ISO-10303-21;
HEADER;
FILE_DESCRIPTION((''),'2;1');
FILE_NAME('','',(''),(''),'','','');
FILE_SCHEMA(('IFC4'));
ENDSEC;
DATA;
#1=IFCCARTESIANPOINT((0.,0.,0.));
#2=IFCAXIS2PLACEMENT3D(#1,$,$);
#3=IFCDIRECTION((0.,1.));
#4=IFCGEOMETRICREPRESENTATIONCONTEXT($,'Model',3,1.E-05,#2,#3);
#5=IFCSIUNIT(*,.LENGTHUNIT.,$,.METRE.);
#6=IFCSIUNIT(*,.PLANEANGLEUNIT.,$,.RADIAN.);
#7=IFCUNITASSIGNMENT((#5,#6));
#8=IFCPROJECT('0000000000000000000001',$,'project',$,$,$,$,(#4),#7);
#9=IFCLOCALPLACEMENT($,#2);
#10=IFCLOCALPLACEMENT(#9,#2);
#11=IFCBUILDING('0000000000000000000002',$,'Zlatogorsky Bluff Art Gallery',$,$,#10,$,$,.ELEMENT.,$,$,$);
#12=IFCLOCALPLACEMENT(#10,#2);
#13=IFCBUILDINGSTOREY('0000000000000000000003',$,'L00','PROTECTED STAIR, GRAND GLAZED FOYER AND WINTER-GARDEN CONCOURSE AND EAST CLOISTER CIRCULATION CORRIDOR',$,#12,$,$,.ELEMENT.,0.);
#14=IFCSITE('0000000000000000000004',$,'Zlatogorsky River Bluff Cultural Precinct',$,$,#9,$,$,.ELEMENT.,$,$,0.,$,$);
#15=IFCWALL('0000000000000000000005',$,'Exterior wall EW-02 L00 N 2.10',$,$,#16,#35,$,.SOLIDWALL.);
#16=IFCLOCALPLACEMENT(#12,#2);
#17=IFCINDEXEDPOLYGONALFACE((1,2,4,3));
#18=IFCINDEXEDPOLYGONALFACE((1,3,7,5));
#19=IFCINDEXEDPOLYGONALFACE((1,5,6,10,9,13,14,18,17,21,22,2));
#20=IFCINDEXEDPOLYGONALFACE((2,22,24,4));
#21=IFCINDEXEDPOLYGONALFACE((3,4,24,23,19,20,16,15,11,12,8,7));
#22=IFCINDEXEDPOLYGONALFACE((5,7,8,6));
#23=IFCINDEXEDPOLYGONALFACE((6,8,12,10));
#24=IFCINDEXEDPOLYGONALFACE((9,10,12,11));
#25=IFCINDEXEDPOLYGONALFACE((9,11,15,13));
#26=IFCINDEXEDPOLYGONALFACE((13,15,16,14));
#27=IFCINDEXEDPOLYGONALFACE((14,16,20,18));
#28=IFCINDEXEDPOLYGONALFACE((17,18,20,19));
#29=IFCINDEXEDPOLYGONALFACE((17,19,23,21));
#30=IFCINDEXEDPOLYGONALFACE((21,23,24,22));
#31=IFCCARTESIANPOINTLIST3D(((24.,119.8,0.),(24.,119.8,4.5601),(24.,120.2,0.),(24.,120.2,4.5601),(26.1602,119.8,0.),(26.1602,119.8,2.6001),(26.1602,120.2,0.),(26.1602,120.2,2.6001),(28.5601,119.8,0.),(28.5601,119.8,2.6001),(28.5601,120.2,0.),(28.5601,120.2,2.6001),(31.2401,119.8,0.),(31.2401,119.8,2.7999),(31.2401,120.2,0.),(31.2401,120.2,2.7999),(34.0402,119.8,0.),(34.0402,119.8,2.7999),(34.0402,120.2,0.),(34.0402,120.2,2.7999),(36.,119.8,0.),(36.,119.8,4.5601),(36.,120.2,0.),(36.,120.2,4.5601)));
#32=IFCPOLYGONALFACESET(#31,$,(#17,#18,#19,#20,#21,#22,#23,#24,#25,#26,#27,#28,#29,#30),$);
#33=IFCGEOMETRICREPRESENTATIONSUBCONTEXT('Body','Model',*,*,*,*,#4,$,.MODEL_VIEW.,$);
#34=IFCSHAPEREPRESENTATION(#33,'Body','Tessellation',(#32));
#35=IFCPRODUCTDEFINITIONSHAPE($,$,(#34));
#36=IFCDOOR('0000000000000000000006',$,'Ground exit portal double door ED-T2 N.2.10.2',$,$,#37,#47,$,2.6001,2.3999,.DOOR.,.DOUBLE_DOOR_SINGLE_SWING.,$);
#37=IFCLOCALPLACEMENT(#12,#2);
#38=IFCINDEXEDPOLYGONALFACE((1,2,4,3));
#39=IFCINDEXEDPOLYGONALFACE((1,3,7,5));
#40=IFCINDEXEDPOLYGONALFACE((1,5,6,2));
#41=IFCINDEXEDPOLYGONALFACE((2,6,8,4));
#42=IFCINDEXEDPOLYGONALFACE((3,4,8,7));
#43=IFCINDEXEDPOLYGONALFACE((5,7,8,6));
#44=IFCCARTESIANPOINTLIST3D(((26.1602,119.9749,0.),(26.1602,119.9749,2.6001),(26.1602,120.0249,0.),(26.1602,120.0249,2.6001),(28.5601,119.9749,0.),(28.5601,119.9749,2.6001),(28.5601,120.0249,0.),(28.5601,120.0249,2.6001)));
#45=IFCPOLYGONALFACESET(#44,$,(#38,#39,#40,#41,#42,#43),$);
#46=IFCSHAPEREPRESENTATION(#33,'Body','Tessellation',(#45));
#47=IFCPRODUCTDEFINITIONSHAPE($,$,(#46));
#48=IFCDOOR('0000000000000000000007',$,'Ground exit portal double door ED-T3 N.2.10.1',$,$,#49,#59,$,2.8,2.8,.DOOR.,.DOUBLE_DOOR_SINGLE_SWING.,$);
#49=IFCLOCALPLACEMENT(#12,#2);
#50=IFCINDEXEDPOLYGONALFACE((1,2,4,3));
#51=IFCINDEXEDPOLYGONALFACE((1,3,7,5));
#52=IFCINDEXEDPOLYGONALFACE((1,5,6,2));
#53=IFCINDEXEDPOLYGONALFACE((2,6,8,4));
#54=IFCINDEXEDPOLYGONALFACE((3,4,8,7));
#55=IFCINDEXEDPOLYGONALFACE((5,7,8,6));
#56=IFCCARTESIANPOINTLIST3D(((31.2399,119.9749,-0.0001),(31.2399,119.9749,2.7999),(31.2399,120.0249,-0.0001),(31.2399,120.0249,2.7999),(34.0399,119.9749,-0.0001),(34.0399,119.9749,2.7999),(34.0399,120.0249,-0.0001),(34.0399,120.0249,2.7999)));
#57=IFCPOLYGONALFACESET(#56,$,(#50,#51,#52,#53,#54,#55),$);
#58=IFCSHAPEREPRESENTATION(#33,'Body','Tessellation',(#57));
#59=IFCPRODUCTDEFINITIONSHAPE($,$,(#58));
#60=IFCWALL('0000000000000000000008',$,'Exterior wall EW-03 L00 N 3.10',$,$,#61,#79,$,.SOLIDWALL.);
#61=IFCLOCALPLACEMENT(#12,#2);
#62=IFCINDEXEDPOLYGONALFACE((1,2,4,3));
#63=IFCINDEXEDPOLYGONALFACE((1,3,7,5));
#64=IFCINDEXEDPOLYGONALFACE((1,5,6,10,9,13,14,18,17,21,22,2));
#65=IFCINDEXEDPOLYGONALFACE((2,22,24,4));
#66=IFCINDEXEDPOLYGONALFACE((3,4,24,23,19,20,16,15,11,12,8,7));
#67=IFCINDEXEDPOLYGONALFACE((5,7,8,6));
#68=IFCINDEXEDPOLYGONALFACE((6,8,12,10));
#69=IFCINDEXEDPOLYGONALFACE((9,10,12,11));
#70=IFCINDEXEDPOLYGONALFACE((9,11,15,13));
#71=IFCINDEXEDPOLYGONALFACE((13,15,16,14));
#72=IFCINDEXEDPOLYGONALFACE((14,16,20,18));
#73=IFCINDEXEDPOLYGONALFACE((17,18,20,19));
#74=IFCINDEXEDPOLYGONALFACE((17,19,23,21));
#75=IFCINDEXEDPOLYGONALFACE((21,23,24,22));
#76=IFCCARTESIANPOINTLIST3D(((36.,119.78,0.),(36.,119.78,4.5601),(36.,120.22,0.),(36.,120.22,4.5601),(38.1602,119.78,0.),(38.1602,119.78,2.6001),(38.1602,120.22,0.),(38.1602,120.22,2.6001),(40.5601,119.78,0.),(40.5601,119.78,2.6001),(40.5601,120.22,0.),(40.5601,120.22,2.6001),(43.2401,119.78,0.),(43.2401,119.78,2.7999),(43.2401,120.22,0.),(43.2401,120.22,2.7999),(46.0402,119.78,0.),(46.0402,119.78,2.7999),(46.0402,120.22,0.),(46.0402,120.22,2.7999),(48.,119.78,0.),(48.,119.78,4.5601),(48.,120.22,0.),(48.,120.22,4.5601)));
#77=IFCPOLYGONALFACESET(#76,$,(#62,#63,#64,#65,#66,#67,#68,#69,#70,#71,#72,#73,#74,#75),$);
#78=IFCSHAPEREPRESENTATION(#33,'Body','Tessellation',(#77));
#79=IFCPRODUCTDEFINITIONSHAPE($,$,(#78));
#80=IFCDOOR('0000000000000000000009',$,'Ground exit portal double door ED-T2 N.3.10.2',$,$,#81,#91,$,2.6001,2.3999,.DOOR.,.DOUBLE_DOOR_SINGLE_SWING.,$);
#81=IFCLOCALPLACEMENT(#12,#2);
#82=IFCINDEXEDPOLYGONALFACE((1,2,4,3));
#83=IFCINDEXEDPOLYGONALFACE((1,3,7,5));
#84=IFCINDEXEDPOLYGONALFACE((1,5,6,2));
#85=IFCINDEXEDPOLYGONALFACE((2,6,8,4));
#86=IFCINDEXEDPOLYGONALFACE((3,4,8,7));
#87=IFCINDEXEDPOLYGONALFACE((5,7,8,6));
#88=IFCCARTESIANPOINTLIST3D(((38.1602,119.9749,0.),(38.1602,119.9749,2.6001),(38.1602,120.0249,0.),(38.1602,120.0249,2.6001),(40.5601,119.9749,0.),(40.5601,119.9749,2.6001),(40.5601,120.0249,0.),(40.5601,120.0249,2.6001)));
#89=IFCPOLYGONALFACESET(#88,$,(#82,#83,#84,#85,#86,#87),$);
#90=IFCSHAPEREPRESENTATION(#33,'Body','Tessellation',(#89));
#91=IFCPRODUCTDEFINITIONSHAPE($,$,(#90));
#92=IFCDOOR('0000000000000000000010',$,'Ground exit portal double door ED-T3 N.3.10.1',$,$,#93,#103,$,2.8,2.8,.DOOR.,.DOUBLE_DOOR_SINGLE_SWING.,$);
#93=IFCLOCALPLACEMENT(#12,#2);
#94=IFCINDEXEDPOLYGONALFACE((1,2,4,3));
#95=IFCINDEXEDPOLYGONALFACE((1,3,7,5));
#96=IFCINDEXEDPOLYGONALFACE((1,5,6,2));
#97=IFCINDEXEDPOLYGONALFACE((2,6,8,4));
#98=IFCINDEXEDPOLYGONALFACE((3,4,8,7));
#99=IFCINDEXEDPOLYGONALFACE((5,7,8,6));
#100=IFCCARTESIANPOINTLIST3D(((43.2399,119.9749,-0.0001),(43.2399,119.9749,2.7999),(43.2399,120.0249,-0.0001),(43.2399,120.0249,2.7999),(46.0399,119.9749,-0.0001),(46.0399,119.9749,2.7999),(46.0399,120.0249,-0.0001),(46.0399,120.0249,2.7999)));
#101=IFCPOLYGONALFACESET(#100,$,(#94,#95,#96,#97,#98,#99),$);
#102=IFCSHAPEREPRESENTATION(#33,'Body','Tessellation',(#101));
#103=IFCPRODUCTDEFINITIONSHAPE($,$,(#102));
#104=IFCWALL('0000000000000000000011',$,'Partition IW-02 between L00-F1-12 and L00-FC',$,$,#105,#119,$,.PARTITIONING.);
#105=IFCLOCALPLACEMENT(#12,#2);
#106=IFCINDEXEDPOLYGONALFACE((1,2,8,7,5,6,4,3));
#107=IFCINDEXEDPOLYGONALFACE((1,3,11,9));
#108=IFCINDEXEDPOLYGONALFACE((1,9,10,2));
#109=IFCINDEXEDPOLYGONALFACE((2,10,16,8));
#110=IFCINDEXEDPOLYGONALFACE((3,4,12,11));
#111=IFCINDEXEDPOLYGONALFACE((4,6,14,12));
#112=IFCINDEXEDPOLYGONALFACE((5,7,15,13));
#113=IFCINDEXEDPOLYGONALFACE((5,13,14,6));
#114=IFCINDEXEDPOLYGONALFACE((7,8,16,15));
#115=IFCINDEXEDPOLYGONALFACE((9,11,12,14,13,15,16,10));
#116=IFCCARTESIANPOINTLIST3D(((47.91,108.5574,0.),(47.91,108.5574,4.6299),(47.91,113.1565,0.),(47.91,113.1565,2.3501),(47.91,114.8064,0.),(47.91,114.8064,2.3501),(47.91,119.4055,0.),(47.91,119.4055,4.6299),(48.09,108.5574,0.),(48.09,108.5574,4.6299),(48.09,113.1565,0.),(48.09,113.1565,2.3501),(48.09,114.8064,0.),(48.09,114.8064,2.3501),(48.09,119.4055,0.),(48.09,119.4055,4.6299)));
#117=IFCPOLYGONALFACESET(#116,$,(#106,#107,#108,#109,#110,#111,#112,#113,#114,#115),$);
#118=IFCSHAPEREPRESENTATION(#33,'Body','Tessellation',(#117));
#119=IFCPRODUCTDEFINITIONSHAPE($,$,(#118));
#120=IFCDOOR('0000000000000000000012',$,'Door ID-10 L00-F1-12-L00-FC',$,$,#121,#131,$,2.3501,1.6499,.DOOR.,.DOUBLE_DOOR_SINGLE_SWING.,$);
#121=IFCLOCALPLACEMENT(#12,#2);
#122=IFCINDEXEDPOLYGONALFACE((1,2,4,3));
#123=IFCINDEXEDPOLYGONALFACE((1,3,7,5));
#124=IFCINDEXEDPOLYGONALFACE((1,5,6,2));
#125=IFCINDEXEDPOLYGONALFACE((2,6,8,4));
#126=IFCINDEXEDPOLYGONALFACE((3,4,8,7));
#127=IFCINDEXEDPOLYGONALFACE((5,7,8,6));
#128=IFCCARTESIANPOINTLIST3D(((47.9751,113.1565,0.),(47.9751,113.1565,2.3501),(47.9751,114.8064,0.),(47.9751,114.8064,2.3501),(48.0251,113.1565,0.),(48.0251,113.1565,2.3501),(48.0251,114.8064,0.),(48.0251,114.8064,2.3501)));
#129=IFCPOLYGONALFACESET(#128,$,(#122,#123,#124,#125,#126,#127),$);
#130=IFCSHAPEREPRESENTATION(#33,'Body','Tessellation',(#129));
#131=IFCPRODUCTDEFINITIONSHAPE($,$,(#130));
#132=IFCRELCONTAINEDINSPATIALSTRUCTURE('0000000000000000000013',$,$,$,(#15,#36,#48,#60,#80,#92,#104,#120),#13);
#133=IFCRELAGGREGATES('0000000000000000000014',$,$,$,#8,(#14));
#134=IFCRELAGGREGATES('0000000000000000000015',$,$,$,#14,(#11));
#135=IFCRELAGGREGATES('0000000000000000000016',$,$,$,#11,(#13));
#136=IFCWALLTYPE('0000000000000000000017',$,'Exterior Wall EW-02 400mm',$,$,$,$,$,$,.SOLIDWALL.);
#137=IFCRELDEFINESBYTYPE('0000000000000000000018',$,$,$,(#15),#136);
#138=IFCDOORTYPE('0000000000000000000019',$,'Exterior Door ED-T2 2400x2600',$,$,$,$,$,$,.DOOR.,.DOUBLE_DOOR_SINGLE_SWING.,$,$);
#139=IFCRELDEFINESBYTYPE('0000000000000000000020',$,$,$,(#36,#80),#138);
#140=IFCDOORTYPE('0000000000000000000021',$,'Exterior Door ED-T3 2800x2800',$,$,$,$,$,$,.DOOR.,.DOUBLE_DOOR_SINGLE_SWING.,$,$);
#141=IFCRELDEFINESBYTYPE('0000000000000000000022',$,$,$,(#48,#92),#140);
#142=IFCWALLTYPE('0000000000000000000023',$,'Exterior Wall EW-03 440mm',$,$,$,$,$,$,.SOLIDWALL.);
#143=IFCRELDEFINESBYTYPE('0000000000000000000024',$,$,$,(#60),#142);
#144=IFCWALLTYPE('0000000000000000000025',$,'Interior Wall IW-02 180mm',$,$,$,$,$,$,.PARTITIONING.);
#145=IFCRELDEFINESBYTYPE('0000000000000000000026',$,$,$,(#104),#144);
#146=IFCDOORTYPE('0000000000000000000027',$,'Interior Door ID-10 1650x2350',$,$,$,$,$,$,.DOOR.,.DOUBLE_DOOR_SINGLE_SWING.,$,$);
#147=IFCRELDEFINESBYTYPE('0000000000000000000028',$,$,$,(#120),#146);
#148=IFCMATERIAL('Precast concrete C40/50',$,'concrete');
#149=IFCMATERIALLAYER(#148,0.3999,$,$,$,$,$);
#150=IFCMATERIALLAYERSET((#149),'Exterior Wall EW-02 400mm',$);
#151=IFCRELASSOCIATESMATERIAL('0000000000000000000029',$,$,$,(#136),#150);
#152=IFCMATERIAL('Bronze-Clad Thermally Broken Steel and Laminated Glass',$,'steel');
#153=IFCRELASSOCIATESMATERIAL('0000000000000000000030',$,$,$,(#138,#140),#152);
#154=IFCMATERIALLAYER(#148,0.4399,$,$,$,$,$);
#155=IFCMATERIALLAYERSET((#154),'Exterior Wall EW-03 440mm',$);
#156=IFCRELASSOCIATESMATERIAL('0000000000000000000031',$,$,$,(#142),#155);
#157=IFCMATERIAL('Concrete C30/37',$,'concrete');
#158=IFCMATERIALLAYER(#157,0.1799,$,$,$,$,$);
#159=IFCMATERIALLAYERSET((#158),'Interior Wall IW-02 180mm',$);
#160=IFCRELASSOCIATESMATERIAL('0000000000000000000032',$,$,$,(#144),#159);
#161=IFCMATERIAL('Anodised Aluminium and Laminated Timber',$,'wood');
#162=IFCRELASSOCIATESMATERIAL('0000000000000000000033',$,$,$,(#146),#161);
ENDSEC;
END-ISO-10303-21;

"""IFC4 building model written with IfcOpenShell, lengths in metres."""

from ifc_helpers import new_model, si_unit, direction, frame, frame_2d, origin, place, context, subcontext, project, spatial, rectangle, extrude, material, layer, layer_set, type_object, element, fill, save


model = new_model("IFC4")

# Units and contexts
model_context = context("Model", 3, precision=1e-05, world=origin(), true_north=direction((0.0, 1.0)))
body_context = subcontext(model_context, "Body", "Model", "MODEL_VIEW")
ifc_project = project(units=[si_unit("LENGTHUNIT", "METRE"), si_unit("PLANEANGLEUNIT", "RADIAN")], contexts=[model_context])

# Site, building, storey
site_placement = place(None, origin())
site = spatial("IfcSite", under=ifc_project, at=site_placement, Name="Zlatogorsky River Bluff Cultural Precinct", CompositionType="ELEMENT", RefElevation=0.0)
building_placement = place(site_placement, origin())
building = spatial("IfcBuilding", under=site, at=building_placement, Name="Zlatogorsky Bluff Art Gallery", CompositionType="ELEMENT")
storey_placement = place(building_placement, origin())
storey = spatial("IfcBuildingStorey", under=building, at=storey_placement, Name="L00", Description="PROTECTED STAIR, GRAND GLAZED FOYER AND WINTER-GARDEN CONCOURSE AND EAST CLOISTER CIRCULATION CORRIDOR", CompositionType="ELEMENT", Elevation=0.0)

# Walls, openings, doors
ifc_material_1 = material(Name="Precast concrete C40/50", Category="concrete")
ifc_layer_1 = layer(ifc_material_1, 0.3999)
ifc_layer_set_1 = layer_set([ifc_layer_1], Name="Exterior Wall EW-02 400mm")
wall_type_1 = type_object("IfcWallType", Name="Exterior Wall EW-02 400mm", PredefinedType="SOLIDWALL", material=ifc_layer_set_1)
wall_1_placement = place(storey_placement, frame((36.0, 120.0, 0.0), z_axis=(0.0, 0.0, 1.0), x_axis=(-1.0, 0.0, 0.0)))
wall_1 = element("IfcWall", 1, at=wall_1_placement, inside=storey, type_object=wall_type_1, Name="Exterior wall EW-02 L00 N 2.10", PredefinedType="SOLIDWALL", context=body_context, shape_type="SweptSolid", body=[
    extrude(rectangle(XDim=12.0, YDim=0.3999, at=frame_2d((6.0, 0.0))), origin(), (0.0, 0.0, 1.0), 4.5601),
])
opening_1_placement = place(wall_1_placement, frame((1.96, 0.0, 0.0)))
opening_1 = element("IfcOpeningElement", 2, at=opening_1_placement, cuts=wall_1, PredefinedType="OPENING", context=body_context, shape_type="SweptSolid", body=[
    extrude(rectangle(XDim=2.8, YDim=2.8, at=frame_2d((1.3999, 1.3999))), frame((0.0, 0.21, 0.0), z_axis=(0.0, -1.0, 0.0), x_axis=(1.0, 0.0, 0.0)), (0.0, 0.0, 1.0), 0.4199),
])
opening_2_placement = place(wall_1_placement, frame((7.4399, 0.0, 0.0)))
opening_2 = element("IfcOpeningElement", 3, at=opening_2_placement, cuts=wall_1, PredefinedType="OPENING", context=body_context, shape_type="SweptSolid", body=[
    extrude(rectangle(XDim=2.3999, YDim=2.6001, at=frame_2d((1.2, 1.3))), frame((0.0, 0.21, 0.0), z_axis=(0.0, -1.0, 0.0), x_axis=(1.0, 0.0, 0.0)), (0.0, 0.0, 1.0), 0.4199),
])
ifc_material_2 = material(Name="Bronze-Clad Thermally Broken Steel and Laminated Glass", Category="steel")
door_type_1 = type_object("IfcDoorType", Name="Exterior Door ED-T2 2400x2600", OperationType="DOUBLE_DOOR_SINGLE_SWING", PredefinedType="DOOR", material=ifc_material_2)
door_1_placement = place(opening_2_placement, frame((2.3999, 0.0, 0.0), z_axis=(0.0, 0.0, 1.0), x_axis=(-1.0, 0.0, 0.0)))
door_1 = element("IfcDoor", 4, at=door_1_placement, inside=storey, type_object=door_type_1, Name="Ground exit portal double door ED-T2 N.2.10.2", OperationType="DOUBLE_DOOR_SINGLE_SWING", OverallHeight=2.6001, OverallWidth=2.3999, PredefinedType="DOOR", context=body_context, shape_type="SweptSolid", body=[
    extrude(rectangle(XDim=2.3999, YDim=2.6001, at=frame_2d((1.2, 1.3))), frame((0.0, 0.0249, 0.0), z_axis=(0.0, -1.0, 0.0), x_axis=(1.0, 0.0, 0.0)), (0.0, 0.0, 1.0), 0.05),
])
fill(opening_2, door_1)
door_type_2 = type_object("IfcDoorType", Name="Exterior Door ED-T3 2800x2800", OperationType="DOUBLE_DOOR_SINGLE_SWING", PredefinedType="DOOR", material=ifc_material_2)
door_2_placement = place(opening_1_placement, frame((2.8, 0.0, 0.0), z_axis=(0.0, 0.0, 1.0), x_axis=(-1.0, 0.0, 0.0)))
door_2 = element("IfcDoor", 5, at=door_2_placement, inside=storey, type_object=door_type_2, Name="Ground exit portal double door ED-T3 N.2.10.1", OperationType="DOUBLE_DOOR_SINGLE_SWING", OverallHeight=2.8, OverallWidth=2.8, PredefinedType="DOOR", context=body_context, shape_type="SweptSolid", body=[
    extrude(rectangle(XDim=2.8, YDim=2.8, at=frame_2d((1.3999, 1.3999))), frame((0.0, 0.0249, 0.0), z_axis=(0.0, -1.0, 0.0), x_axis=(1.0, 0.0, 0.0)), (0.0, 0.0, 1.0), 0.05),
])
fill(opening_1, door_2)
ifc_layer_2 = layer(ifc_material_1, 0.4399)
ifc_layer_set_2 = layer_set([ifc_layer_2], Name="Exterior Wall EW-03 440mm")
wall_type_2 = type_object("IfcWallType", Name="Exterior Wall EW-03 440mm", PredefinedType="SOLIDWALL", material=ifc_layer_set_2)
wall_2_placement = place(storey_placement, frame((48.0, 120.0, 0.0), z_axis=(0.0, 0.0, 1.0), x_axis=(-1.0, 0.0, 0.0)))
wall_2 = element("IfcWall", 6, at=wall_2_placement, inside=storey, type_object=wall_type_2, Name="Exterior wall EW-03 L00 N 3.10", PredefinedType="SOLIDWALL", context=body_context, shape_type="SweptSolid", body=[
    extrude(rectangle(XDim=12.0, YDim=0.4399, at=frame_2d((6.0, 0.0))), origin(), (0.0, 0.0, 1.0), 4.5601),
])
opening_3_placement = place(wall_2_placement, frame((1.96, 0.0, 0.0)))
opening_3 = element("IfcOpeningElement", 7, at=opening_3_placement, cuts=wall_2, PredefinedType="OPENING", context=body_context, shape_type="SweptSolid", body=[
    extrude(rectangle(XDim=2.8, YDim=2.8, at=frame_2d((1.3999, 1.3999))), frame((0.0, 0.23, 0.0), z_axis=(0.0, -1.0, 0.0), x_axis=(1.0, 0.0, 0.0)), (0.0, 0.0, 1.0), 0.46),
])
opening_4_placement = place(wall_2_placement, frame((7.4399, 0.0, 0.0)))
opening_4 = element("IfcOpeningElement", 8, at=opening_4_placement, cuts=wall_2, PredefinedType="OPENING", context=body_context, shape_type="SweptSolid", body=[
    extrude(rectangle(XDim=2.3999, YDim=2.6001, at=frame_2d((1.2, 1.3))), frame((0.0, 0.23, 0.0), z_axis=(0.0, -1.0, 0.0), x_axis=(1.0, 0.0, 0.0)), (0.0, 0.0, 1.0), 0.46),
])
door_3_placement = place(opening_4_placement, frame((2.3999, 0.0, 0.0), z_axis=(0.0, 0.0, 1.0), x_axis=(-1.0, 0.0, 0.0)))
door_3 = element("IfcDoor", 9, at=door_3_placement, inside=storey, type_object=door_type_1, Name="Ground exit portal double door ED-T2 N.3.10.2", OperationType="DOUBLE_DOOR_SINGLE_SWING", OverallHeight=2.6001, OverallWidth=2.3999, PredefinedType="DOOR", context=body_context, shape_type="SweptSolid", body=[
    extrude(rectangle(XDim=2.3999, YDim=2.6001, at=frame_2d((1.2, 1.3))), frame((0.0, 0.0249, 0.0), z_axis=(0.0, -1.0, 0.0), x_axis=(1.0, 0.0, 0.0)), (0.0, 0.0, 1.0), 0.05),
])
fill(opening_4, door_3)
door_4_placement = place(opening_3_placement, frame((2.8, 0.0, 0.0), z_axis=(0.0, 0.0, 1.0), x_axis=(-1.0, 0.0, 0.0)))
door_4 = element("IfcDoor", 10, at=door_4_placement, inside=storey, type_object=door_type_2, Name="Ground exit portal double door ED-T3 N.3.10.1", OperationType="DOUBLE_DOOR_SINGLE_SWING", OverallHeight=2.8, OverallWidth=2.8, PredefinedType="DOOR", context=body_context, shape_type="SweptSolid", body=[
    extrude(rectangle(XDim=2.8, YDim=2.8, at=frame_2d((1.3999, 1.3999))), frame((0.0, 0.0249, 0.0), z_axis=(0.0, -1.0, 0.0), x_axis=(1.0, 0.0, 0.0)), (0.0, 0.0, 1.0), 0.05),
])
fill(opening_3, door_4)

# Wall, opening, door
ifc_material_3 = material(Name="Concrete C30/37", Category="concrete")
ifc_layer_3 = layer(ifc_material_3, 0.1799)
ifc_layer_set_3 = layer_set([ifc_layer_3], Name="Interior Wall IW-02 180mm")
wall_type_3 = type_object("IfcWallType", Name="Interior Wall IW-02 180mm", PredefinedType="PARTITIONING", material=ifc_layer_set_3)
wall_3_placement = place(storey_placement, frame((48.0, 108.5574, 0.0), z_axis=(0.0, 0.0, 1.0), x_axis=(0.0, 1.0, 0.0)))
wall_3 = element("IfcWall", 11, at=wall_3_placement, inside=storey, type_object=wall_type_3, Name="Partition IW-02 between L00-F1-12 and L00-FC", PredefinedType="PARTITIONING", context=body_context, shape_type="SweptSolid", body=[
    extrude(rectangle(XDim=10.8481, YDim=0.1799, at=frame_2d((5.4241, 0.0))), origin(), (0.0, 0.0, 1.0), 4.6299),
])
opening_5_placement = place(wall_3_placement, frame((4.5991, 0.0, 0.0)))
opening_5 = element("IfcOpeningElement", 12, at=opening_5_placement, cuts=wall_3, PredefinedType="OPENING", context=body_context, shape_type="SweptSolid", body=[
    extrude(rectangle(XDim=1.6499, YDim=2.3501, at=frame_2d((0.825, 1.175))), frame((0.0, 0.0999, 0.0), z_axis=(0.0, -1.0, 0.0), x_axis=(1.0, 0.0, 0.0)), (0.0, 0.0, 1.0), 0.2),
])
ifc_material_4 = material(Name="Anodised Aluminium and Laminated Timber", Category="wood")
door_type_3 = type_object("IfcDoorType", Name="Interior Door ID-10 1650x2350", OperationType="DOUBLE_DOOR_SINGLE_SWING", PredefinedType="DOOR", material=ifc_material_4)
door_5_placement = place(opening_5_placement, origin())
door_5 = element("IfcDoor", 13, at=door_5_placement, inside=storey, type_object=door_type_3, Name="Door ID-10 L00-F1-12-L00-FC", OperationType="DOUBLE_DOOR_SINGLE_SWING", OverallHeight=2.3501, OverallWidth=1.6499, PredefinedType="DOOR", context=body_context, shape_type="SweptSolid", body=[
    extrude(rectangle(XDim=1.6499, YDim=2.3501, at=frame_2d((0.825, 1.175))), frame((0.0, 0.0249, 0.0), z_axis=(0.0, -1.0, 0.0), x_axis=(1.0, 0.0, 0.0)), (0.0, 0.0, 1.0), 0.05),
])
fill(opening_5, door_5)

save(model, "model.ifc")
